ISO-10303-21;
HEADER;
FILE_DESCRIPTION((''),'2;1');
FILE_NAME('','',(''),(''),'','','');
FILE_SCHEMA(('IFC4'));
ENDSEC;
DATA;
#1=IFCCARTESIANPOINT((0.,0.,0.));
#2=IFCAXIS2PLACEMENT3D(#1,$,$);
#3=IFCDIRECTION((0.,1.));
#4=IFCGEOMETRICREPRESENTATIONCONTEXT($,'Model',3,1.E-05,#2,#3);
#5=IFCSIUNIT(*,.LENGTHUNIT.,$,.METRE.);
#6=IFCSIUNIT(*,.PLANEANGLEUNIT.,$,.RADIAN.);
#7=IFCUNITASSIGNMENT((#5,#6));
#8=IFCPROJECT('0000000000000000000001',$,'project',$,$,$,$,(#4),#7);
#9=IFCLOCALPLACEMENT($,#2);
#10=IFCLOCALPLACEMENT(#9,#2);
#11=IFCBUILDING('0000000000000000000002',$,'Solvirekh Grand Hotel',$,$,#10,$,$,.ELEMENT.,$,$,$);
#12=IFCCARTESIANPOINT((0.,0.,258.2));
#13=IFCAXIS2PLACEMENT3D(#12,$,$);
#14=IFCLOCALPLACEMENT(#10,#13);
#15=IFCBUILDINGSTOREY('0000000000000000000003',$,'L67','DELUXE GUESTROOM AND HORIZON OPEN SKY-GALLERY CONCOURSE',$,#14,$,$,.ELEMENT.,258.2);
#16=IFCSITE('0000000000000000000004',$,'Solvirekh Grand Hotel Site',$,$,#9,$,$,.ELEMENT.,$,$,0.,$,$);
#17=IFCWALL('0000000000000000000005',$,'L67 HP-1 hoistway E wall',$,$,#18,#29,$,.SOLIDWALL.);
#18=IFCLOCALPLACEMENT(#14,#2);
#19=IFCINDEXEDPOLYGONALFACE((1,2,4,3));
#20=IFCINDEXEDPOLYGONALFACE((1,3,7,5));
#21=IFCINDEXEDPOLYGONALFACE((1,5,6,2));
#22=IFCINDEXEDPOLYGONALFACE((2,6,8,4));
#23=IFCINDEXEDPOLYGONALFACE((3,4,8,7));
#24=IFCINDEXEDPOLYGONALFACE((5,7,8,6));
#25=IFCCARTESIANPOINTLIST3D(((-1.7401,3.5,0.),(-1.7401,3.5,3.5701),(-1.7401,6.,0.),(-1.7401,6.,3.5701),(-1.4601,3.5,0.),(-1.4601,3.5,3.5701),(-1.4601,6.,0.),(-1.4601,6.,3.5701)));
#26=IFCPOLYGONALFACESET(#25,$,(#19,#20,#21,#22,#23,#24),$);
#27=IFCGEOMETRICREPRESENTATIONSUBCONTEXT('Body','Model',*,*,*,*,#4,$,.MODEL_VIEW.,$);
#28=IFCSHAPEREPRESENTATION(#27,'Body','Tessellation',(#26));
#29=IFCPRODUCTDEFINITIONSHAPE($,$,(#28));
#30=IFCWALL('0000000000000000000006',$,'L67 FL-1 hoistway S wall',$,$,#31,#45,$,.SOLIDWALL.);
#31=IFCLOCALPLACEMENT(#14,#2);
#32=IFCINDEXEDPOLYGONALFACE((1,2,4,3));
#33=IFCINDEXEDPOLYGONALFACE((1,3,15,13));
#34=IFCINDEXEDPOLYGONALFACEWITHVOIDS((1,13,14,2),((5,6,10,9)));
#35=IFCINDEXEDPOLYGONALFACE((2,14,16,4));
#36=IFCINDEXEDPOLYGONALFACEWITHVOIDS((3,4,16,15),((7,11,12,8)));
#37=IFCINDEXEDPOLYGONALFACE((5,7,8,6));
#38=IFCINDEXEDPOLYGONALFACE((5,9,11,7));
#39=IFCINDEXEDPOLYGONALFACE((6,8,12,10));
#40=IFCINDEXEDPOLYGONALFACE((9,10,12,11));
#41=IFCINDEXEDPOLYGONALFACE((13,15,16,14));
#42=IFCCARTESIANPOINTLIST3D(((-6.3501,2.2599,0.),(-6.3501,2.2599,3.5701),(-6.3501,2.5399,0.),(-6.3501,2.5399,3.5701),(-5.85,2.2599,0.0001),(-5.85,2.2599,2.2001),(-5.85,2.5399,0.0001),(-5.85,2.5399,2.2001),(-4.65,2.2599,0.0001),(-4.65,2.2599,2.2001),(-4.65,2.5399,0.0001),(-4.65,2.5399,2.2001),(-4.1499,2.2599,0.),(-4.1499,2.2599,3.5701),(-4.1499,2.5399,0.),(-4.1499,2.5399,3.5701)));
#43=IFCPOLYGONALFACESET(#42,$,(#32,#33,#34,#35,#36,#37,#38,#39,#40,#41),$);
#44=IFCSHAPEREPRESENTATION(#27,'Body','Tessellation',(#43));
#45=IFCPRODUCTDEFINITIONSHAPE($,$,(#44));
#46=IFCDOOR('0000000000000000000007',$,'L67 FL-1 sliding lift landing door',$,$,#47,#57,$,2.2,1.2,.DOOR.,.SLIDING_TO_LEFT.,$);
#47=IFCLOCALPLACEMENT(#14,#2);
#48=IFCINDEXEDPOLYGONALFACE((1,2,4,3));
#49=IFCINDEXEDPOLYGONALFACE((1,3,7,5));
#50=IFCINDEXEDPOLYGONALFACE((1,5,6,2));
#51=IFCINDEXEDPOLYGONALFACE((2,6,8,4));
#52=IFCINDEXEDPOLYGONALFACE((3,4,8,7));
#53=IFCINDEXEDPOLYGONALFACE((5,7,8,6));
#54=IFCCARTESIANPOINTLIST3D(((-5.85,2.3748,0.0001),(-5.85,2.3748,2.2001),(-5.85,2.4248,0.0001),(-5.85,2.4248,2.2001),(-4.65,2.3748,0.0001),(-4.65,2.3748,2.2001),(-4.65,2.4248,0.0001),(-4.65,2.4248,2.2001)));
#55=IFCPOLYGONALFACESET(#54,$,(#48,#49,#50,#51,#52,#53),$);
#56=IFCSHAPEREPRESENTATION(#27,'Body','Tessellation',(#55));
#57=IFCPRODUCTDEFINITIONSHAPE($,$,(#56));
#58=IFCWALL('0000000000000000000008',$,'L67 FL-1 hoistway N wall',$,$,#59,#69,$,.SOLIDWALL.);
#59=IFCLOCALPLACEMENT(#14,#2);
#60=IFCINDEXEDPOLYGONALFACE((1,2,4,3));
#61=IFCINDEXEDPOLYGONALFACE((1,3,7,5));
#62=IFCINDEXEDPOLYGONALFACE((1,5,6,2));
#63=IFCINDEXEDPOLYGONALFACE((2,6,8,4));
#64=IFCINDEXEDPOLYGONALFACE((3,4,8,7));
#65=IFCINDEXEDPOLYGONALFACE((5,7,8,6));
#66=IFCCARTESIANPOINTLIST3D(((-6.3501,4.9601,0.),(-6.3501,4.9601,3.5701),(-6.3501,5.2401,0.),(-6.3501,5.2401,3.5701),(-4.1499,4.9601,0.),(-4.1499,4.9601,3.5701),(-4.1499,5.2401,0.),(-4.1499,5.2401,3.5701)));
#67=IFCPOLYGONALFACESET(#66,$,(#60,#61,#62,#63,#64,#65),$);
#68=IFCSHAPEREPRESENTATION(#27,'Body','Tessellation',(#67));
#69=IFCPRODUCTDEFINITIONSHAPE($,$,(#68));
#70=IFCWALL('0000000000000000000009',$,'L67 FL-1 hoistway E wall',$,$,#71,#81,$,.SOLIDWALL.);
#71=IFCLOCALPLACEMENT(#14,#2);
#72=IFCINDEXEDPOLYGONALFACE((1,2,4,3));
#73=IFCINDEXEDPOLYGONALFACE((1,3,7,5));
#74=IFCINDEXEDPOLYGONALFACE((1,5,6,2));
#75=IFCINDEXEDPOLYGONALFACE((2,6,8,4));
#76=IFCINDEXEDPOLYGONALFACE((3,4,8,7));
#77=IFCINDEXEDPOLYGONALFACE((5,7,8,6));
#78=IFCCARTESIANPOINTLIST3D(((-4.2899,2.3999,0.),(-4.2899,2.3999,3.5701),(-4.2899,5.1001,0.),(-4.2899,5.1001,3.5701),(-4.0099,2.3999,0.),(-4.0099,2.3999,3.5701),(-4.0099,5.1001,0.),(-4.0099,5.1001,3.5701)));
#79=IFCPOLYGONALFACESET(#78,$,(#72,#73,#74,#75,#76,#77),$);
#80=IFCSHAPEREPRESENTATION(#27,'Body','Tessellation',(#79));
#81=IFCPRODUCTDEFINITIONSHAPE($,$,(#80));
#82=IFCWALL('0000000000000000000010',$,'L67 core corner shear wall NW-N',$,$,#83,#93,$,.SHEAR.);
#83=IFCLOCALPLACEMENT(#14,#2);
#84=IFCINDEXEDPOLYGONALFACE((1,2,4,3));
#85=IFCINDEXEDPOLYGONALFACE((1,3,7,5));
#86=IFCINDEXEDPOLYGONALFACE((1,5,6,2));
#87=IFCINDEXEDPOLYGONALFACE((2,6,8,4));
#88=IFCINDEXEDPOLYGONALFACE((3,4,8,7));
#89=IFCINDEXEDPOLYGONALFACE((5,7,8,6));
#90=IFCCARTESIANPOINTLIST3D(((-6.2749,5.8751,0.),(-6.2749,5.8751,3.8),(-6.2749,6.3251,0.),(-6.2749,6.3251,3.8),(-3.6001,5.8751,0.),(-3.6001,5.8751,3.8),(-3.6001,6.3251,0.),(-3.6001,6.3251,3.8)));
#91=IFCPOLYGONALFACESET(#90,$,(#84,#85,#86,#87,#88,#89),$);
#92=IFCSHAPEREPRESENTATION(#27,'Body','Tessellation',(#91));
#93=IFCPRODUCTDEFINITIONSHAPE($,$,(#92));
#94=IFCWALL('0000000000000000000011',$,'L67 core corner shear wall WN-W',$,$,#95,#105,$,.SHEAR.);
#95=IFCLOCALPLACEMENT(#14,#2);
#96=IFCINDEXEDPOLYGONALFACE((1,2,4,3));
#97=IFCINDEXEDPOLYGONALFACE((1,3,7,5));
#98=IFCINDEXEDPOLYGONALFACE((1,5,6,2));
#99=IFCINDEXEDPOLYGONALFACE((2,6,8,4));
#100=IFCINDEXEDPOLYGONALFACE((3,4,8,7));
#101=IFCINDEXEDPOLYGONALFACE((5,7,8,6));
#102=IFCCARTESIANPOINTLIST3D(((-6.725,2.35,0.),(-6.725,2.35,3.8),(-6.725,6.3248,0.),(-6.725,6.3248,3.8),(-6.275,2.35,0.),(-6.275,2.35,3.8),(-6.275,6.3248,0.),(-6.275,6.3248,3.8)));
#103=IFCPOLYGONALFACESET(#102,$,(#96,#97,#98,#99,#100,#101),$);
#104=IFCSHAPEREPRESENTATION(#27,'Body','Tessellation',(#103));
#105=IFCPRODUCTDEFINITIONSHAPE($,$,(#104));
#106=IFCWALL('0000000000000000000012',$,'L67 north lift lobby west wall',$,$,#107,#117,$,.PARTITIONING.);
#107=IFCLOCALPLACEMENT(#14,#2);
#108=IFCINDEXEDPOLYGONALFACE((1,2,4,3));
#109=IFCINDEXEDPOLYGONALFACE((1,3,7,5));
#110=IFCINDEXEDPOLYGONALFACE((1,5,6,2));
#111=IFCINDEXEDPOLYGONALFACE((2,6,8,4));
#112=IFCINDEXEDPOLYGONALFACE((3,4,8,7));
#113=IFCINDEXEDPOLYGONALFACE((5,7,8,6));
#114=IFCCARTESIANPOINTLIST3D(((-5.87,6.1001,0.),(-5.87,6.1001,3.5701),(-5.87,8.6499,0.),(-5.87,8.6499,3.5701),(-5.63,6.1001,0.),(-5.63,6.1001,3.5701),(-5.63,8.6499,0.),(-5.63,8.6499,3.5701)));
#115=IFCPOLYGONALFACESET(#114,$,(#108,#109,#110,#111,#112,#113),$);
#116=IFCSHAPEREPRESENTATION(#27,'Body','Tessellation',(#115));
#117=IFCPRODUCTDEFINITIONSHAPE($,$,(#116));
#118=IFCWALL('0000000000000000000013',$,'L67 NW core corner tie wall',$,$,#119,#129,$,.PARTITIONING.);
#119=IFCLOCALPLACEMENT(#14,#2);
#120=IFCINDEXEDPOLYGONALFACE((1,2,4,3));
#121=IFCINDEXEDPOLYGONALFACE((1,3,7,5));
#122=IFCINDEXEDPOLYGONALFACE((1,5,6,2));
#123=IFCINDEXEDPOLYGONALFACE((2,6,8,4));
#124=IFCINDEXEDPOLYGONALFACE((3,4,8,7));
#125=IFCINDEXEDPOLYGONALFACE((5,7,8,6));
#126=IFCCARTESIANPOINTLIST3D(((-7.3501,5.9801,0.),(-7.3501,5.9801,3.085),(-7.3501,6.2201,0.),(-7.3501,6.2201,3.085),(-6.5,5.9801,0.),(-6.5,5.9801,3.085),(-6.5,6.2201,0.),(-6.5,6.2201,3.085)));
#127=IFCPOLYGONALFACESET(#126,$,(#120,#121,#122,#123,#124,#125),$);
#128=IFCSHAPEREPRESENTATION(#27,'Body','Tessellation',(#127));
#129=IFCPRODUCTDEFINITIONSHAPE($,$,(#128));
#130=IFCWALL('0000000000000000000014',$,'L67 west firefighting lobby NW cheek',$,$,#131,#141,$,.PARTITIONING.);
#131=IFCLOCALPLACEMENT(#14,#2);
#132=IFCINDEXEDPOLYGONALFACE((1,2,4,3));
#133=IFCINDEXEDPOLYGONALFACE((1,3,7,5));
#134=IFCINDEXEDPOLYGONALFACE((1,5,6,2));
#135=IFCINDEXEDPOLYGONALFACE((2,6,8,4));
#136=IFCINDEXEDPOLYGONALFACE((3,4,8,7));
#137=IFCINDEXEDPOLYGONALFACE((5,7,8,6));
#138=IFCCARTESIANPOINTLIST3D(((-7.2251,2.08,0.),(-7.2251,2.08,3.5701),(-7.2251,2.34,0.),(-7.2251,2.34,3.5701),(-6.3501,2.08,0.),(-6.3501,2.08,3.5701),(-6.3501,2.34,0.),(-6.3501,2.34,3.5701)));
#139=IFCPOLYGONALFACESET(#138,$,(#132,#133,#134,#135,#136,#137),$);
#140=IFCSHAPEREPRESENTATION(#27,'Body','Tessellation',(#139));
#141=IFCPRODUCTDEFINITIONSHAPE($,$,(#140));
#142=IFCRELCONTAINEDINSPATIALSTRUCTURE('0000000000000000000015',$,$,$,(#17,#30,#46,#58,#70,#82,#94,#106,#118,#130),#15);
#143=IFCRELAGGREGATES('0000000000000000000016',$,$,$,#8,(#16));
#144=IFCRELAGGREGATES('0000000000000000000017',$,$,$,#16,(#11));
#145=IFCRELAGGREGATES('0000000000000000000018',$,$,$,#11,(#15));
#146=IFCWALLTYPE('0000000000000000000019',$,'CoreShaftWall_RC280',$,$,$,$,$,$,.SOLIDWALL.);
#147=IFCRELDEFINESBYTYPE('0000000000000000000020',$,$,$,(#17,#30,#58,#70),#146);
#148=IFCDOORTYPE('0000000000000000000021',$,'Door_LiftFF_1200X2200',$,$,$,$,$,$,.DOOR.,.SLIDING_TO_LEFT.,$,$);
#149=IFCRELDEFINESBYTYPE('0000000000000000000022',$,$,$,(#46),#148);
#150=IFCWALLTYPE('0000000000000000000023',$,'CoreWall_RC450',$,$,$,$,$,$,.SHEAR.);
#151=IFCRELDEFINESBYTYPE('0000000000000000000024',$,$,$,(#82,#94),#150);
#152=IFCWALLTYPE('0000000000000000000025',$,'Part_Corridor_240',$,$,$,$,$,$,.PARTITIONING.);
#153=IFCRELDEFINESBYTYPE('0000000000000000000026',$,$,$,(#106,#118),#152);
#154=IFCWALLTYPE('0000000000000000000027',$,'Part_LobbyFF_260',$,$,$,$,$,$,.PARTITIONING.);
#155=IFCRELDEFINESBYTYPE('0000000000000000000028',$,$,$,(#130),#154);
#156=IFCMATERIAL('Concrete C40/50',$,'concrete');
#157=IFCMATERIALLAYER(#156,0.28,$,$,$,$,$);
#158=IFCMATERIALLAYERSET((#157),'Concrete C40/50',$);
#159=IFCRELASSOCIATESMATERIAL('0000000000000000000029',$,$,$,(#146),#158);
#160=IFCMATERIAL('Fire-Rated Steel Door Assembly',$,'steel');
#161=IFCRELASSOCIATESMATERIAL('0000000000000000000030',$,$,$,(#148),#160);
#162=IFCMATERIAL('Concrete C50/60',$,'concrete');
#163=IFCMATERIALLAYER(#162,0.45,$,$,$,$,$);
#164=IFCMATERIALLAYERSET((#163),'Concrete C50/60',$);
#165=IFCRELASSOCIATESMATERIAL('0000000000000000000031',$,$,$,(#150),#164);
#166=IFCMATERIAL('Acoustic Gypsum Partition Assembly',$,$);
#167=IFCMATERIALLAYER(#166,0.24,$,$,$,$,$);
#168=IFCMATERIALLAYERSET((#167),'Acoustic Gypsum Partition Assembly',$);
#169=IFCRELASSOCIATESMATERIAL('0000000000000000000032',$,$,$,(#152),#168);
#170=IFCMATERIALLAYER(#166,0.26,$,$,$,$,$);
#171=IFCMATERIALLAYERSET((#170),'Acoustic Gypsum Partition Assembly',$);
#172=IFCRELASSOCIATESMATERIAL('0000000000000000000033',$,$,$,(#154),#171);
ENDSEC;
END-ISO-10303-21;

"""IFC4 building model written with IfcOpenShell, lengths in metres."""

from ifc_helpers import new_model, si_unit, direction, frame, frame_2d, origin, place, context, subcontext, project, spatial, rectangle, extrude, material, layer, layer_set, type_object, element, fill, save


model = new_model("IFC4")

# Units and contexts
model_context = context("Model", 3, precision=1e-05, world=origin(), true_north=direction((0.0, 1.0)))
body_context = subcontext(model_context, "Body", "Model", "MODEL_VIEW")
ifc_project = project(units=[si_unit("LENGTHUNIT", "METRE"), si_unit("PLANEANGLEUNIT", "RADIAN")], contexts=[model_context])

# Site, building, storey
site_placement = place(None, origin())
site = spatial("IfcSite", under=ifc_project, at=site_placement, Name="Solvirekh Grand Hotel Site", CompositionType="ELEMENT", RefElevation=0.0)
building_placement = place(site_placement, origin())
building = spatial("IfcBuilding", under=site, at=building_placement, Name="Solvirekh Grand Hotel", CompositionType="ELEMENT")
storey_placement = place(building_placement, frame((0.0, 0.0, 258.2)))
storey = spatial("IfcBuildingStorey", under=building, at=storey_placement, Name="L67", Description="DELUXE GUESTROOM AND HORIZON OPEN SKY-GALLERY CONCOURSE", CompositionType="ELEMENT", Elevation=258.2)

# Shared definitions
ifc_material_1 = material(Name="Concrete C50/60", Category="concrete")

# Shared definitions
ifc_material_2 = material(Name="Concrete C40/50", Category="concrete")
ifc_layer_1 = layer(ifc_material_2, 0.28)
ifc_layer_set_1 = layer_set([ifc_layer_1], Name="Concrete C40/50")
wall_type_1 = type_object("IfcWallType", Name="CoreShaftWall_RC280", PredefinedType="SOLIDWALL", material=ifc_layer_set_1)
ifc_material_3 = material(Name="Fire-Rated Steel Door Assembly", Category="steel")

# Wall
for number, where, z_axis, x_axis, name in (
    (1, (-1.6001, 3.5, 0.0), (0.0, 0.0, 1.0), (0.0, 1.0, 0.0), "L67 HP-1 hoistway E wall"),
):
    element("IfcWall", number, at=place(storey_placement, frame(where, z_axis=z_axis, x_axis=x_axis)), inside=storey, type_object=wall_type_1, Name=name, PredefinedType="SOLIDWALL", context=body_context, shape_type="SweptSolid", body=[
        extrude(rectangle(XDim=2.5, YDim=0.28, at=frame_2d((1.25, 0.0))), origin(), (0.0, 0.0, 1.0), 3.5701),
    ])

# Wall, opening, door
wall_1_placement = place(storey_placement, frame((-6.3501, 2.3999, 0.0), z_axis=(0.0, 0.0, 1.0), x_axis=(1.0, 0.0, 0.0)))
wall_1 = element("IfcWall", 2, at=wall_1_placement, inside=storey, type_object=wall_type_1, Name="L67 FL-1 hoistway S wall", PredefinedType="SOLIDWALL", context=body_context, shape_type="SweptSolid", body=[
    extrude(rectangle(XDim=2.2002, YDim=0.28, at=frame_2d((1.1001, 0.0))), origin(), (0.0, 0.0, 1.0), 3.5701),
])
opening_1_placement = place(wall_1_placement, frame((0.5, 0.0, 0.0)))
opening_1 = element("IfcOpeningElement", 3, at=opening_1_placement, cuts=wall_1, PredefinedType="OPENING", context=body_context, shape_type="SweptSolid", body=[
    extrude(rectangle(XDim=1.2, YDim=2.2, at=frame_2d((0.6001, 1.1001))), frame((0.0, 0.1499, 0.0), z_axis=(0.0, -1.0, 0.0), x_axis=(1.0, 0.0, 0.0)), (0.0, 0.0, 1.0), 0.3),
])
door_type_1 = type_object("IfcDoorType", Name="Door_LiftFF_1200X2200", OperationType="SLIDING_TO_LEFT", PredefinedType="DOOR", material=ifc_material_3)
door_1_placement = place(opening_1_placement, origin())
door_1 = element("IfcDoor", 4, at=door_1_placement, inside=storey, type_object=door_type_1, Name="L67 FL-1 sliding lift landing door", OperationType="SLIDING_TO_LEFT", OverallHeight=2.2, OverallWidth=1.2, PredefinedType="DOOR", context=body_context, shape_type="SweptSolid", body=[
    extrude(rectangle(XDim=1.2, YDim=2.2, at=frame_2d((0.6001, 1.1001))), frame((0.0, 0.0249, 0.0), z_axis=(0.0, -1.0, 0.0), x_axis=(1.0, 0.0, 0.0)), (0.0, 0.0, 1.0), 0.05),
])
fill(opening_1, door_1)

# Walls
wall_2_placement = place(storey_placement, frame((-4.1499, 5.1001, 0.0), z_axis=(0.0, 0.0, 1.0), x_axis=(-1.0, 0.0, 0.0)))
element("IfcWall", 5, at=wall_2_placement, inside=storey, type_object=wall_type_1, Name="L67 FL-1 hoistway N wall", PredefinedType="SOLIDWALL", context=body_context, shape_type="SweptSolid", body=[
    extrude(rectangle(XDim=2.2002, YDim=0.28, at=frame_2d((1.1001, 0.0))), origin(), (0.0, 0.0, 1.0), 3.5701),
])
wall_3_placement = place(storey_placement, frame((-4.1499, 2.3999, 0.0), z_axis=(0.0, 0.0, 1.0), x_axis=(0.0, 1.0, 0.0)))
element("IfcWall", 6, at=wall_3_placement, inside=storey, type_object=wall_type_1, Name="L67 FL-1 hoistway E wall", PredefinedType="SOLIDWALL", context=body_context, shape_type="SweptSolid", body=[
    extrude(rectangle(XDim=2.7002, YDim=0.28, at=frame_2d((1.3501, 0.0))), origin(), (0.0, 0.0, 1.0), 3.5701),
])
ifc_layer_2 = layer(ifc_material_1, 0.45)
ifc_layer_set_2 = layer_set([ifc_layer_2], Name="Concrete C50/60")
wall_type_2 = type_object("IfcWallType", Name="CoreWall_RC450", PredefinedType="SHEAR", material=ifc_layer_set_2)
wall_4_placement = place(storey_placement, frame((-6.2749, 6.1001, 0.0), z_axis=(0.0, 0.0, 1.0), x_axis=(1.0, 0.0, 0.0)))
element("IfcWall", 7, at=wall_4_placement, inside=storey, type_object=wall_type_2, Name="L67 core corner shear wall NW-N", PredefinedType="SHEAR", context=body_context, shape_type="SweptSolid", body=[
    extrude(rectangle(XDim=2.6748, YDim=0.45, at=frame_2d((1.3374, 0.0))), origin(), (0.0, 0.0, 1.0), 3.8),
])
wall_5_placement = place(storey_placement, frame((-6.5, 2.3501, 0.0), z_axis=(0.0, 0.0, 1.0), x_axis=(0.0, 1.0, 0.0)))
element("IfcWall", 8, at=wall_5_placement, inside=storey, type_object=wall_type_2, Name="L67 core corner shear wall WN-W", PredefinedType="SHEAR", context=body_context, shape_type="SweptSolid", body=[
    extrude(rectangle(XDim=3.9749, YDim=0.45, at=frame_2d((1.9873, 0.0))), origin(), (0.0, 0.0, 1.0), 3.8),
])
ifc_material_4 = material(Name="Acoustic Gypsum Partition Assembly")
ifc_layer_3 = layer(ifc_material_4, 0.24)
ifc_layer_set_3 = layer_set([ifc_layer_3], Name="Acoustic Gypsum Partition Assembly")
wall_type_3 = type_object("IfcWallType", Name="Part_Corridor_240", PredefinedType="PARTITIONING", material=ifc_layer_set_3)
wall_6_placement = place(storey_placement, frame((-5.75, 6.1001, 0.0), z_axis=(0.0, 0.0, 1.0), x_axis=(0.0, 1.0, 0.0)))
element("IfcWall", 9, at=wall_6_placement, inside=storey, type_object=wall_type_3, Name="L67 north lift lobby west wall", PredefinedType="PARTITIONING", context=body_context, shape_type="SweptSolid", body=[
    extrude(rectangle(XDim=2.5498, YDim=0.24, at=frame_2d((1.2749, 0.0))), origin(), (0.0, 0.0, 1.0), 3.5701),
])
wall_7_placement = place(storey_placement, frame((-7.3501, 6.1001, 0.0), z_axis=(0.0, 0.0, 1.0), x_axis=(1.0, 0.0, 0.0)))
element("IfcWall", 10, at=wall_7_placement, inside=storey, type_object=wall_type_3, Name="L67 NW core corner tie wall", PredefinedType="PARTITIONING", context=body_context, shape_type="SweptSolid", body=[
    extrude(rectangle(XDim=0.8501, YDim=0.24, at=frame_2d((0.425, 0.0))), origin(), (0.0, 0.0, 1.0), 3.085),
])
ifc_layer_4 = layer(ifc_material_4, 0.26)
ifc_layer_set_4 = layer_set([ifc_layer_4], Name="Acoustic Gypsum Partition Assembly")
wall_type_4 = type_object("IfcWallType", Name="Part_LobbyFF_260", PredefinedType="PARTITIONING", material=ifc_layer_set_4)
wall_8_placement = place(storey_placement, frame((-7.2251, 2.21, 0.0), z_axis=(0.0, 0.0, 1.0), x_axis=(1.0, 0.0, 0.0)))
element("IfcWall", 11, at=wall_8_placement, inside=storey, type_object=wall_type_4, Name="L67 west firefighting lobby NW cheek", PredefinedType="PARTITIONING", context=body_context, shape_type="SweptSolid", body=[
    extrude(rectangle(XDim=0.875, YDim=0.26, at=frame_2d((0.4375, 0.0))), origin(), (0.0, 0.0, 1.0), 3.5701),
])

save(model, "model.ifc")
